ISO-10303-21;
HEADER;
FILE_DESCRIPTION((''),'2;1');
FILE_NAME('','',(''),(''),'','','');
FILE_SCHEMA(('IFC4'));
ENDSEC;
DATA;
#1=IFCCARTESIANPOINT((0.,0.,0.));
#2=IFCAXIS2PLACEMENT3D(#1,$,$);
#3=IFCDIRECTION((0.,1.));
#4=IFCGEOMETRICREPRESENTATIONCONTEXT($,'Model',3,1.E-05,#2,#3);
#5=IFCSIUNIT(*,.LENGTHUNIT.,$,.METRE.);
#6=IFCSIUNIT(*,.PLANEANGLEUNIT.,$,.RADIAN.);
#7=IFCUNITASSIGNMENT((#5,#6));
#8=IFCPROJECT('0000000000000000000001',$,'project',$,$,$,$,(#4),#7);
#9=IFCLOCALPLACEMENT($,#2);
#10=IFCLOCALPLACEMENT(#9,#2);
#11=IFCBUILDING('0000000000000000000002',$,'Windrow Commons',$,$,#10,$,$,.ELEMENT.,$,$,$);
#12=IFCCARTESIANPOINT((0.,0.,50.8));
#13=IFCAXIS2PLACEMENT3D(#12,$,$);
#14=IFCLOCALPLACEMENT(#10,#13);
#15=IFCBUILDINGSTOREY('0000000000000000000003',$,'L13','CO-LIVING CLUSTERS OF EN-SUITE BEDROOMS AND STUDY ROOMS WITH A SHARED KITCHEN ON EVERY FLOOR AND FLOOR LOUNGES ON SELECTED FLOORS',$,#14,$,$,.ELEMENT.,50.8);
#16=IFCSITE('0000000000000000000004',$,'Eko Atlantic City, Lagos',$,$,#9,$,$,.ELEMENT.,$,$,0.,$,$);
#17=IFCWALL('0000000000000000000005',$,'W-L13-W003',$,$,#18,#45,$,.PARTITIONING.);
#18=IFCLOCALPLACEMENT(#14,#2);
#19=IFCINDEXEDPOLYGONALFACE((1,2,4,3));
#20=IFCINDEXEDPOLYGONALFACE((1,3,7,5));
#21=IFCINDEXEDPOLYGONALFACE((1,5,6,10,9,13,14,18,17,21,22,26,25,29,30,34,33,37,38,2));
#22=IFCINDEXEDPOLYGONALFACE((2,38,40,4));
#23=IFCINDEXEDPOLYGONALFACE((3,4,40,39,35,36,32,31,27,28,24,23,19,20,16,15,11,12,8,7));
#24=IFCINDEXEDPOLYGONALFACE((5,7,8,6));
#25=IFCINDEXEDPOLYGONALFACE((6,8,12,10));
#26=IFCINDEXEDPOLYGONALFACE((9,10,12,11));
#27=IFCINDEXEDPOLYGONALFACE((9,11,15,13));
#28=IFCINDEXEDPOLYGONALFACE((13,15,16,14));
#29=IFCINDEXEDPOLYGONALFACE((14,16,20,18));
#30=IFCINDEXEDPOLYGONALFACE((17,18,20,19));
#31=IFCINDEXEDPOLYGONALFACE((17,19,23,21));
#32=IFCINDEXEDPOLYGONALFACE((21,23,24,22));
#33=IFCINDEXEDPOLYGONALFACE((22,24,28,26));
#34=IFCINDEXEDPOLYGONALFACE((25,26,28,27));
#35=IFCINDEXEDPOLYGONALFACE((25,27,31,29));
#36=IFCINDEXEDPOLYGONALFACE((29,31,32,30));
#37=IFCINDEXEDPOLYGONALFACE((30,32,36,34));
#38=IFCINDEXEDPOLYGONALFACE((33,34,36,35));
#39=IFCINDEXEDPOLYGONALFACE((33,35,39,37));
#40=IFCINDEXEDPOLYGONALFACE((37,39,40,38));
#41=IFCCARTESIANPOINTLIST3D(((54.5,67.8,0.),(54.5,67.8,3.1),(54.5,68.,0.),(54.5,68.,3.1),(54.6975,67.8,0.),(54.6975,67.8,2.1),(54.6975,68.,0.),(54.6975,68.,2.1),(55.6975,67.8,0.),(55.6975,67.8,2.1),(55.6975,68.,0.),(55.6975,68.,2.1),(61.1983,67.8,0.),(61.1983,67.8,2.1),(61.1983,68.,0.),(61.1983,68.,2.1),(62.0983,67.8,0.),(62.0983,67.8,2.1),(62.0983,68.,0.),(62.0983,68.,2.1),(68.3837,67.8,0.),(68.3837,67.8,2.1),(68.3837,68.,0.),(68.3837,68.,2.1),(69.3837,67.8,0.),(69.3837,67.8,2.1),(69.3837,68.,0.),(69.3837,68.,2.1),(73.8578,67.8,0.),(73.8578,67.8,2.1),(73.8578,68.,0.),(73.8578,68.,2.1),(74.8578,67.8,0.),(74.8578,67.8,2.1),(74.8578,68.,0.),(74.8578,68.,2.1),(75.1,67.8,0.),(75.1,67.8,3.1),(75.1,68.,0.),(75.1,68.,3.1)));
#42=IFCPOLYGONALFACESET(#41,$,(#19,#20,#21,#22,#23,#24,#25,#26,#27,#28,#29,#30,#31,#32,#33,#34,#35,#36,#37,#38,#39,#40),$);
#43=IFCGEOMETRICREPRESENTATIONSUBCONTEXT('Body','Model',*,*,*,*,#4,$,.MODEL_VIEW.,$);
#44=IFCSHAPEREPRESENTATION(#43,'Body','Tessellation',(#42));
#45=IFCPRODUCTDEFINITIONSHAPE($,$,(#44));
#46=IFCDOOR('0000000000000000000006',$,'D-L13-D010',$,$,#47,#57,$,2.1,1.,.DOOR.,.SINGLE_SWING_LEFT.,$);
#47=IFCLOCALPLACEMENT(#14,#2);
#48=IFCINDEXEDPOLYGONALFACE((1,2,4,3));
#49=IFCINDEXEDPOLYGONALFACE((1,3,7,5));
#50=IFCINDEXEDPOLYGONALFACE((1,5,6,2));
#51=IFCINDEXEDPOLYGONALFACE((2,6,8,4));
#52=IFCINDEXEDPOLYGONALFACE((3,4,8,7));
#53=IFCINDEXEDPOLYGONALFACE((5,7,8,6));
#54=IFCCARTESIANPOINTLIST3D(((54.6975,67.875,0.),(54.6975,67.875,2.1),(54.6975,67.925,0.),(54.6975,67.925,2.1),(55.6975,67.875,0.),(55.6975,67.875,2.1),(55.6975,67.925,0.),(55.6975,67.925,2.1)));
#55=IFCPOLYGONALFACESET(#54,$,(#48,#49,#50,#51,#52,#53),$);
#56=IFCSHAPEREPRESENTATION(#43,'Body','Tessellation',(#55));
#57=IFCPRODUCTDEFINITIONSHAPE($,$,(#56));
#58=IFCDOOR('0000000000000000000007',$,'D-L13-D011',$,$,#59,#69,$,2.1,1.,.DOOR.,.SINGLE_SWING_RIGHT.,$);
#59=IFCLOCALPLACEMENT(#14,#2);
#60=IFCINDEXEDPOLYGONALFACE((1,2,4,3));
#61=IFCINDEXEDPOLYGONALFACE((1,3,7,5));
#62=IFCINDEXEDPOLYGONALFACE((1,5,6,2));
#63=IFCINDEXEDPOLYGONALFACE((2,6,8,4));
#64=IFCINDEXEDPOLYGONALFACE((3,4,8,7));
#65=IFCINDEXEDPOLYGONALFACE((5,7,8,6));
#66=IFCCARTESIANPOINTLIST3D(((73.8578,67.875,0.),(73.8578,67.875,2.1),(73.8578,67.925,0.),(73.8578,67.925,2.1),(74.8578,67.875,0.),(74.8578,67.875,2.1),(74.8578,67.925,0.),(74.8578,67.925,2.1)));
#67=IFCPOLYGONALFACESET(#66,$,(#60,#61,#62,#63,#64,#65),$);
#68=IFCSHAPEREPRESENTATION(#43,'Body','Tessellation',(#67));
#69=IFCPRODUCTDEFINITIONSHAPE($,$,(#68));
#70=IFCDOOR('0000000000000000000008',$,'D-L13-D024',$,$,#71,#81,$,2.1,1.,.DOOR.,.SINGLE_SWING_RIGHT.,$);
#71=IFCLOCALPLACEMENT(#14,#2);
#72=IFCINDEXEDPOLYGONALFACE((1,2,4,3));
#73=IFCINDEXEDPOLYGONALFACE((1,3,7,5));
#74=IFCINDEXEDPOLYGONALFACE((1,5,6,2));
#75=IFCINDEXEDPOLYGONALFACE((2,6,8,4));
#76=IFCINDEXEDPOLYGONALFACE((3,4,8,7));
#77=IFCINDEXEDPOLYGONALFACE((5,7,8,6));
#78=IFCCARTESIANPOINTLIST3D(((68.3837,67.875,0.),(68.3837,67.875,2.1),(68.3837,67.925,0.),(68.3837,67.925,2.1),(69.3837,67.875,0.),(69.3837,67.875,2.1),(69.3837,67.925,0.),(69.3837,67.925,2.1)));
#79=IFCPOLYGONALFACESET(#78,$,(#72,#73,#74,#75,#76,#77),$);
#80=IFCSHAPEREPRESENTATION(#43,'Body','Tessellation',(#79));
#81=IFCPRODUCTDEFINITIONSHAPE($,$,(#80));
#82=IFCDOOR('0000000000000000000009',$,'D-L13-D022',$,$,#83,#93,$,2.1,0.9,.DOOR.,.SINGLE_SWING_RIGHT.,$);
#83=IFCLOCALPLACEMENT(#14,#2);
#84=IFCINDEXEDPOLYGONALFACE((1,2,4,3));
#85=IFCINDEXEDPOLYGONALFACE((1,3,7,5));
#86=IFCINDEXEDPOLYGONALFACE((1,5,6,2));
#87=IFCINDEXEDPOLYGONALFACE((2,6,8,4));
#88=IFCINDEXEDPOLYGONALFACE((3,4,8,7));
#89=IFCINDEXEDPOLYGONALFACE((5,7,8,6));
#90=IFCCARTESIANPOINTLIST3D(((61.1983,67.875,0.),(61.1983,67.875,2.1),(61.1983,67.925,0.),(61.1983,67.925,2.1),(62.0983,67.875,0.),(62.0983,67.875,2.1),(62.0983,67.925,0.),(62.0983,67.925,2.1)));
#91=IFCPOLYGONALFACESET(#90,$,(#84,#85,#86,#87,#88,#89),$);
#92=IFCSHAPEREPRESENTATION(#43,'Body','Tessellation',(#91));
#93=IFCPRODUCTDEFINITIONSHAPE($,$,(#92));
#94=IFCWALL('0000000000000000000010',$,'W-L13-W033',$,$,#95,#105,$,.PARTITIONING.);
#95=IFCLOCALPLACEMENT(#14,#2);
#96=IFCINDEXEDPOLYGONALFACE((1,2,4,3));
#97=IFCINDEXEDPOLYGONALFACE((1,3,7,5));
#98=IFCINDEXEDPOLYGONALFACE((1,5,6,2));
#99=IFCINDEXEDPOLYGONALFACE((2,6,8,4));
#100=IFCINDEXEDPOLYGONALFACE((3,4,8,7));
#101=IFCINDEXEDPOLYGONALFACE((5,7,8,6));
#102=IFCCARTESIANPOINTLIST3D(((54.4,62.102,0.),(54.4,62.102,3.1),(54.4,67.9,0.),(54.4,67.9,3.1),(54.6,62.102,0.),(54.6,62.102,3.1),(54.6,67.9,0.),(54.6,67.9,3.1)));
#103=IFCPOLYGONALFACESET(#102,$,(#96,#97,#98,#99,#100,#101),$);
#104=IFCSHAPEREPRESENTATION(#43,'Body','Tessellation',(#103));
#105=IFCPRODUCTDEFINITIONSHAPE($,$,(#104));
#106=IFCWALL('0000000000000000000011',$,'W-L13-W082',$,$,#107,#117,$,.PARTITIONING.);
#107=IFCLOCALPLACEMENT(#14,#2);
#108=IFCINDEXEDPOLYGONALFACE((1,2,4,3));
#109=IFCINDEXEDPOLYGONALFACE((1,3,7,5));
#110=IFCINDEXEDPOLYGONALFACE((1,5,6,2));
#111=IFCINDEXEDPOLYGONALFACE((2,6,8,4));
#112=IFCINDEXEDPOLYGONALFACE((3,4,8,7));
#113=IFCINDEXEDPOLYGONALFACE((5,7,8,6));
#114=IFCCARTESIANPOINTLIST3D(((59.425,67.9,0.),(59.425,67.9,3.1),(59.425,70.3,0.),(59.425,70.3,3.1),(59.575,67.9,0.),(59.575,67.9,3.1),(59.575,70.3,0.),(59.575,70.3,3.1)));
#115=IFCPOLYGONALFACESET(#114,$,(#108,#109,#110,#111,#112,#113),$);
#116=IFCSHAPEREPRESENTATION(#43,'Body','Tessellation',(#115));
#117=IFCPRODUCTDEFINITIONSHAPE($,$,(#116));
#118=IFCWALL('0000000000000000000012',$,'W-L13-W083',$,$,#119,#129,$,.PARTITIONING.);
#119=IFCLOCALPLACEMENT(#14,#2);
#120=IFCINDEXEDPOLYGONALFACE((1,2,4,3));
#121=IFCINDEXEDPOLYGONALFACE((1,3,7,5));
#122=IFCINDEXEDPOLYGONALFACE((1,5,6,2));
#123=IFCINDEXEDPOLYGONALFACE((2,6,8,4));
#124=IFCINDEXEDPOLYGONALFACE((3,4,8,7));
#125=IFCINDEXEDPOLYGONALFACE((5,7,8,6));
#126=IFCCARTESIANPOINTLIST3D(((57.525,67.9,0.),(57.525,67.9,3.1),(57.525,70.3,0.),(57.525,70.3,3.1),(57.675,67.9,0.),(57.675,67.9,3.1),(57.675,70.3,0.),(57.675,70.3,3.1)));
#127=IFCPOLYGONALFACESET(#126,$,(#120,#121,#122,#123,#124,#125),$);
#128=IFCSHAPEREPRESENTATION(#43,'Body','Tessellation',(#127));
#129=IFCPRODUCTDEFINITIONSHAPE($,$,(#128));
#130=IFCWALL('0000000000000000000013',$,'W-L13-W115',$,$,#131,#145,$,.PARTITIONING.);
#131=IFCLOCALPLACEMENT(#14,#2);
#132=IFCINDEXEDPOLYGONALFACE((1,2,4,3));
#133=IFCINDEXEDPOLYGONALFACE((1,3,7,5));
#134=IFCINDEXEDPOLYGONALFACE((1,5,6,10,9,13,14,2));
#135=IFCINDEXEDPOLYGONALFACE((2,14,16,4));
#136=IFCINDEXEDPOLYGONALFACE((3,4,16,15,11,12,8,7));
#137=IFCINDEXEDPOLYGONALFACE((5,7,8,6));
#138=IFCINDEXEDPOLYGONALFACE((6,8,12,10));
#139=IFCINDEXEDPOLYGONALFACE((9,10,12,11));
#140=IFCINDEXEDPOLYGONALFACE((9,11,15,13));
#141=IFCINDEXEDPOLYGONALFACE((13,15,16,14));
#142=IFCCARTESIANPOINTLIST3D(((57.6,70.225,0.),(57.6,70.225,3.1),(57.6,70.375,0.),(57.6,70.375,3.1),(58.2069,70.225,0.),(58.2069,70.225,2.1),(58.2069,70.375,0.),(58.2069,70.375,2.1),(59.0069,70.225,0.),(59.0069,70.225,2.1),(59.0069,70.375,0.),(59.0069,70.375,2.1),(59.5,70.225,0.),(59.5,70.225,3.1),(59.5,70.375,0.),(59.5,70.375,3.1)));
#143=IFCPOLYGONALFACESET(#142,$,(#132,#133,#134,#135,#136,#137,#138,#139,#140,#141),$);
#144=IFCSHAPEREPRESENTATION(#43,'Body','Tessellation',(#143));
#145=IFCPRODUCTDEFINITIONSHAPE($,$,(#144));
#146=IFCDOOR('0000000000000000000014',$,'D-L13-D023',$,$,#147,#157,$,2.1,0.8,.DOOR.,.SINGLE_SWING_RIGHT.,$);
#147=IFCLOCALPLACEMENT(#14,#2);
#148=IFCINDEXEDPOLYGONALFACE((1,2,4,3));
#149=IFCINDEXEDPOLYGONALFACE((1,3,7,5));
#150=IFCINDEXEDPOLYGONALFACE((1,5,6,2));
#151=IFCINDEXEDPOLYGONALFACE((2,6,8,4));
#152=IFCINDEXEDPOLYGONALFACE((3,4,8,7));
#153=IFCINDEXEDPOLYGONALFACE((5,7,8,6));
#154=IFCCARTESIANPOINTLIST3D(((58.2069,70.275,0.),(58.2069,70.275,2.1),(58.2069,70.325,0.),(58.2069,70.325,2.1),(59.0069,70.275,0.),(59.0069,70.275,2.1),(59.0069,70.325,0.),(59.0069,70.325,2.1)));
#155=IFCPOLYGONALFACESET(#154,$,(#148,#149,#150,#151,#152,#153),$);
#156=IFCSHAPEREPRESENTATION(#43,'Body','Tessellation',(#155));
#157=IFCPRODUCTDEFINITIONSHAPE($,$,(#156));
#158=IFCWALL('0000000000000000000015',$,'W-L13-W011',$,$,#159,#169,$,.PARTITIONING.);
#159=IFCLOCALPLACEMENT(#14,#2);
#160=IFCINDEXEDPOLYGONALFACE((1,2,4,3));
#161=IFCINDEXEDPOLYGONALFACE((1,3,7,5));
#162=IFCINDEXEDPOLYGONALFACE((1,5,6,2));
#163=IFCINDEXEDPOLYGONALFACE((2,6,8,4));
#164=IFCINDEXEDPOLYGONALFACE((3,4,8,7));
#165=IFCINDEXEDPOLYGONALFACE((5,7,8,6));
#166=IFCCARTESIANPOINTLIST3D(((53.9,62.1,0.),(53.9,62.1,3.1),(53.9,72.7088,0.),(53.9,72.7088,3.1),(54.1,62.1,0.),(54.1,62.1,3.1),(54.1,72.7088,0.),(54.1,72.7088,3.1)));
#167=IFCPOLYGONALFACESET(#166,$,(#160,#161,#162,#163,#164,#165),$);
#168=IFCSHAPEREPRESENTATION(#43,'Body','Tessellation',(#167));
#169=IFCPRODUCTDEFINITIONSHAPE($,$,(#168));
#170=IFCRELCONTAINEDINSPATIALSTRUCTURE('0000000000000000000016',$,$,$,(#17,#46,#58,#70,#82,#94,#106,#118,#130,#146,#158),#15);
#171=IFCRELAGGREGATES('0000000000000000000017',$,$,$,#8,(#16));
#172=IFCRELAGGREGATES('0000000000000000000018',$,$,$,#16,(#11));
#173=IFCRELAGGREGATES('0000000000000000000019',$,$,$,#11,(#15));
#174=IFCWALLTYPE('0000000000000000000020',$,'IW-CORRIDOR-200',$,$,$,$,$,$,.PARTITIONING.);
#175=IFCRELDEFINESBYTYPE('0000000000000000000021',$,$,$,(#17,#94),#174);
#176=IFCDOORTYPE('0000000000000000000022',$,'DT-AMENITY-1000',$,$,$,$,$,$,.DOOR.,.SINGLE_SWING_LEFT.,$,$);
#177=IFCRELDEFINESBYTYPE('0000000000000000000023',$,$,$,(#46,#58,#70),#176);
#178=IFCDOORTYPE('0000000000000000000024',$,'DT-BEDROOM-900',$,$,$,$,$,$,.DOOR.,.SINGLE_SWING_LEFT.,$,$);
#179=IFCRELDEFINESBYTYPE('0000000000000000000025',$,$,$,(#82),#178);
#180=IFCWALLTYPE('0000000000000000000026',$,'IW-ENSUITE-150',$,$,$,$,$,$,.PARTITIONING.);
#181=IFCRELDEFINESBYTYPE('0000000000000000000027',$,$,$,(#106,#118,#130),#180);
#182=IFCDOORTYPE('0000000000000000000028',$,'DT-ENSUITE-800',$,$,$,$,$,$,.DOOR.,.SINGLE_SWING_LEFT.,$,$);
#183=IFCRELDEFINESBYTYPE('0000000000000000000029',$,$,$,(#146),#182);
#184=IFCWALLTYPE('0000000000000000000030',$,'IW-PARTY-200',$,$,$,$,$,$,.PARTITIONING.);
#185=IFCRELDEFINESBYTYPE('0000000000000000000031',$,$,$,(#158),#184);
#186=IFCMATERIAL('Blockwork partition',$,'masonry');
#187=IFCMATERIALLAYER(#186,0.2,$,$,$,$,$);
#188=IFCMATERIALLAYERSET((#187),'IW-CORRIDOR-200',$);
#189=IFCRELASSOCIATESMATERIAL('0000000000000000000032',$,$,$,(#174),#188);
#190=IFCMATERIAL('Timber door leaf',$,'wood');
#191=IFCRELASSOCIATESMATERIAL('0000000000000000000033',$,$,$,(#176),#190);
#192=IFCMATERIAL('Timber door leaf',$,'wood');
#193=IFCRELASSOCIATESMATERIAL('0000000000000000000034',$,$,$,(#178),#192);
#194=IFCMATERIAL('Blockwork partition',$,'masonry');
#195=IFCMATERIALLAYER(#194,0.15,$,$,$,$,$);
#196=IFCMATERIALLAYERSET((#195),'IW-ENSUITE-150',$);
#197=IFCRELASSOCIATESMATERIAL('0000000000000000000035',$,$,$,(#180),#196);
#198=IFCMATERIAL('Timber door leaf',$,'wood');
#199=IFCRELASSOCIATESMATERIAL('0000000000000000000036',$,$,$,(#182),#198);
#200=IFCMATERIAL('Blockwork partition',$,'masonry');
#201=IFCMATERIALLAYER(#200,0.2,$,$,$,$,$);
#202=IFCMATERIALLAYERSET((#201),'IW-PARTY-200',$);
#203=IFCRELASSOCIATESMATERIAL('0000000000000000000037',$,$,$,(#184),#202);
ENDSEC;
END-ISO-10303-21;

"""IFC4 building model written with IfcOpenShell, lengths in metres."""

from ifc_helpers import new_model, si_unit, direction, frame, frame_2d, origin, place, context, subcontext, project, spatial, rectangle, extrude, material, layer, layer_set, type_object, element, fill, save


model = new_model("IFC4")

# Units and contexts
model_context = context("Model", 3, precision=1e-05, world=origin(), true_north=direction((0.0, 1.0)))
body_context = subcontext(model_context, "Body", "Model", "MODEL_VIEW")
ifc_project = project(units=[si_unit("LENGTHUNIT", "METRE"), si_unit("PLANEANGLEUNIT", "RADIAN")], contexts=[model_context])

# Site, building, storey
site_placement = place(None, origin())
site = spatial("IfcSite", under=ifc_project, at=site_placement, Name="Eko Atlantic City, Lagos", CompositionType="ELEMENT", RefElevation=0.0)
building_placement = place(site_placement, origin())
building = spatial("IfcBuilding", under=site, at=building_placement, Name="Windrow Commons", CompositionType="ELEMENT")
storey_placement = place(building_placement, frame((0.0, 0.0, 50.8)))
storey = spatial("IfcBuildingStorey", under=building, at=storey_placement, Name="L13", Description="CO-LIVING CLUSTERS OF EN-SUITE BEDROOMS AND STUDY ROOMS WITH A SHARED KITCHEN ON EVERY FLOOR AND FLOOR LOUNGES ON SELECTED FLOORS", CompositionType="ELEMENT", Elevation=50.8)

# Wall, openings, doors
ifc_material_1 = material(Name="Blockwork partition", Category="masonry")
ifc_layer_1 = layer(ifc_material_1, 0.2)
ifc_layer_set_1 = layer_set([ifc_layer_1], Name="IW-CORRIDOR-200")
wall_type_1 = type_object("IfcWallType", Name="IW-CORRIDOR-200", PredefinedType="PARTITIONING", material=ifc_layer_set_1)
wall_1_placement = place(storey_placement, frame((54.5, 67.9, 0.0), z_axis=(0.0, 0.0, 1.0), x_axis=(1.0, 0.0, 0.0)))
wall_1 = element("IfcWall", 1, at=wall_1_placement, inside=storey, type_object=wall_type_1, Name="W-L13-W003", PredefinedType="PARTITIONING", context=body_context, shape_type="SweptSolid", body=[
    extrude(rectangle(XDim=20.6, YDim=0.2, at=frame_2d((10.3, 0.0))), origin(), (0.0, 0.0, 1.0), 3.1),
])
opening_1_placement = place(wall_1_placement, frame((0.1975, 0.0, 0.0)))
opening_1 = element("IfcOpeningElement", 2, at=opening_1_placement, cuts=wall_1, PredefinedType="OPENING", context=body_context, shape_type="SweptSolid", body=[
    extrude(rectangle(XDim=1.0, YDim=2.1, at=frame_2d((0.5, 1.05))), frame((0.0, 0.11, 0.0), z_axis=(0.0, -1.0, 0.0), x_axis=(1.0, 0.0, 0.0)), (0.0, 0.0, 1.0), 0.22),
])
opening_2_placement = place(wall_1_placement, frame((19.3578, 0.0, 0.0)))
opening_2 = element("IfcOpeningElement", 3, at=opening_2_placement, cuts=wall_1, PredefinedType="OPENING", context=body_context, shape_type="SweptSolid", body=[
    extrude(rectangle(XDim=1.0, YDim=2.1, at=frame_2d((0.5, 1.05))), frame((0.0, 0.11, 0.0), z_axis=(0.0, -1.0, 0.0), x_axis=(1.0, 0.0, 0.0)), (0.0, 0.0, 1.0), 0.22),
])
opening_3_placement = place(wall_1_placement, frame((6.6983, 0.0, 0.0)))
opening_3 = element("IfcOpeningElement", 4, at=opening_3_placement, cuts=wall_1, PredefinedType="OPENING", context=body_context, shape_type="SweptSolid", body=[
    extrude(rectangle(XDim=0.9, YDim=2.1, at=frame_2d((0.45, 1.05))), frame((0.0, 0.11, 0.0), z_axis=(0.0, -1.0, 0.0), x_axis=(1.0, 0.0, 0.0)), (0.0, 0.0, 1.0), 0.22),
])
opening_4_placement = place(wall_1_placement, frame((13.8837, 0.0, 0.0)))
opening_4 = element("IfcOpeningElement", 5, at=opening_4_placement, cuts=wall_1, PredefinedType="OPENING", context=body_context, shape_type="SweptSolid", body=[
    extrude(rectangle(XDim=1.0, YDim=2.1, at=frame_2d((0.5, 1.05))), frame((0.0, 0.11, 0.0), z_axis=(0.0, -1.0, 0.0), x_axis=(1.0, 0.0, 0.0)), (0.0, 0.0, 1.0), 0.22),
])
ifc_material_2 = material(Name="Timber door leaf", Category="wood")
door_type_1 = type_object("IfcDoorType", Name="DT-AMENITY-1000", OperationType="SINGLE_SWING_LEFT", PredefinedType="DOOR", material=ifc_material_2)
door_1_placement = place(opening_1_placement, origin())
door_1 = element("IfcDoor", 6, at=door_1_placement, inside=storey, type_object=door_type_1, Name="D-L13-D010", OperationType="SINGLE_SWING_LEFT", OverallHeight=2.1, OverallWidth=1.0, PredefinedType="DOOR", context=body_context, shape_type="SweptSolid", body=[
    extrude(rectangle(XDim=1.0, YDim=2.1, at=frame_2d((0.5, 1.05))), frame((0.0, 0.025, 0.0), z_axis=(0.0, -1.0, 0.0), x_axis=(1.0, 0.0, 0.0)), (0.0, 0.0, 1.0), 0.05),
])
fill(opening_1, door_1)
door_2_placement = place(opening_2_placement, origin())
door_2 = element("IfcDoor", 7, at=door_2_placement, inside=storey, type_object=door_type_1, Name="D-L13-D011", OperationType="SINGLE_SWING_RIGHT", OverallHeight=2.1, OverallWidth=1.0, PredefinedType="DOOR", context=body_context, shape_type="SweptSolid", body=[
    extrude(rectangle(XDim=1.0, YDim=2.1, at=frame_2d((0.5, 1.05))), frame((0.0, 0.025, 0.0), z_axis=(0.0, -1.0, 0.0), x_axis=(1.0, 0.0, 0.0)), (0.0, 0.0, 1.0), 0.05),
])
fill(opening_2, door_2)
door_3_placement = place(opening_4_placement, origin())
door_3 = element("IfcDoor", 8, at=door_3_placement, inside=storey, type_object=door_type_1, Name="D-L13-D024", OperationType="SINGLE_SWING_RIGHT", OverallHeight=2.1, OverallWidth=1.0, PredefinedType="DOOR", context=body_context, shape_type="SweptSolid", body=[
    extrude(rectangle(XDim=1.0, YDim=2.1, at=frame_2d((0.5, 1.05))), frame((0.0, 0.025, 0.0), z_axis=(0.0, -1.0, 0.0), x_axis=(1.0, 0.0, 0.0)), (0.0, 0.0, 1.0), 0.05),
])
fill(opening_4, door_3)
ifc_material_3 = material(Name="Timber door leaf", Category="wood")
door_type_2 = type_object("IfcDoorType", Name="DT-BEDROOM-900", OperationType="SINGLE_SWING_LEFT", PredefinedType="DOOR", material=ifc_material_3)
door_4_placement = place(opening_3_placement, origin())
door_4 = element("IfcDoor", 9, at=door_4_placement, inside=storey, type_object=door_type_2, Name="D-L13-D022", OperationType="SINGLE_SWING_RIGHT", OverallHeight=2.1, OverallWidth=0.9, PredefinedType="DOOR", context=body_context, shape_type="SweptSolid", body=[
    extrude(rectangle(XDim=0.9, YDim=2.1, at=frame_2d((0.45, 1.05))), frame((0.0, 0.025, 0.0), z_axis=(0.0, -1.0, 0.0), x_axis=(1.0, 0.0, 0.0)), (0.0, 0.0, 1.0), 0.05),
])
fill(opening_3, door_4)

# Walls
wall_2_placement = place(storey_placement, frame((54.5, 62.102, 0.0), z_axis=(0.0, 0.0, 1.0), x_axis=(0.0, 1.0, 0.0)))
element("IfcWall", 10, at=wall_2_placement, inside=storey, type_object=wall_type_1, Name="W-L13-W033", PredefinedType="PARTITIONING", context=body_context, shape_type="SweptSolid", body=[
    extrude(rectangle(XDim=5.798, YDim=0.2, at=frame_2d((2.899, 0.0))), origin(), (0.0, 0.0, 1.0), 3.1),
])
ifc_material_4 = material(Name="Blockwork partition", Category="masonry")
ifc_layer_2 = layer(ifc_material_4, 0.15)
ifc_layer_set_2 = layer_set([ifc_layer_2], Name="IW-ENSUITE-150")
wall_type_2 = type_object("IfcWallType", Name="IW-ENSUITE-150", PredefinedType="PARTITIONING", material=ifc_layer_set_2)
for number, where, z_axis, x_axis, name in (
    (11, (59.5, 67.9, 0.0), (0.0, 0.0, 1.0), (0.0, 1.0, 0.0), "W-L13-W082"),
    (12, (57.6, 67.9, 0.0), (0.0, 0.0, 1.0), (0.0, 1.0, 0.0), "W-L13-W083"),
):
    element("IfcWall", number, at=place(storey_placement, frame(where, z_axis=z_axis, x_axis=x_axis)), inside=storey, type_object=wall_type_2, Name=name, PredefinedType="PARTITIONING", context=body_context, shape_type="SweptSolid", body=[
        extrude(rectangle(XDim=2.4, YDim=0.15, at=frame_2d((1.2, 0.0))), origin(), (0.0, 0.0, 1.0), 3.1),
    ])

# Wall, opening, door
wall_3_placement = place(storey_placement, frame((57.6, 70.3, 0.0), z_axis=(0.0, 0.0, 1.0), x_axis=(1.0, 0.0, 0.0)))
wall_3 = element("IfcWall", 13, at=wall_3_placement, inside=storey, type_object=wall_type_2, Name="W-L13-W115", PredefinedType="PARTITIONING", context=body_context, shape_type="SweptSolid", body=[
    extrude(rectangle(XDim=1.9, YDim=0.15, at=frame_2d((0.95, 0.0))), origin(), (0.0, 0.0, 1.0), 3.1),
])
opening_5_placement = place(wall_3_placement, frame((0.6069, 0.0, 0.0)))
opening_5 = element("IfcOpeningElement", 14, at=opening_5_placement, cuts=wall_3, PredefinedType="OPENING", context=body_context, shape_type="SweptSolid", body=[
    extrude(rectangle(XDim=0.8, YDim=2.1, at=frame_2d((0.4, 1.05))), frame((0.0, 0.085, 0.0), z_axis=(0.0, -1.0, 0.0), x_axis=(1.0, 0.0, 0.0)), (0.0, 0.0, 1.0), 0.17),
])
ifc_material_5 = material(Name="Timber door leaf", Category="wood")
door_type_3 = type_object("IfcDoorType", Name="DT-ENSUITE-800", OperationType="SINGLE_SWING_LEFT", PredefinedType="DOOR", material=ifc_material_5)
door_5_placement = place(opening_5_placement, origin())
door_5 = element("IfcDoor", 15, at=door_5_placement, inside=storey, type_object=door_type_3, Name="D-L13-D023", OperationType="SINGLE_SWING_RIGHT", OverallHeight=2.1, OverallWidth=0.8, PredefinedType="DOOR", context=body_context, shape_type="SweptSolid", body=[
    extrude(rectangle(XDim=0.8, YDim=2.1, at=frame_2d((0.4, 1.05))), frame((0.0, 0.025, 0.0), z_axis=(0.0, -1.0, 0.0), x_axis=(1.0, 0.0, 0.0)), (0.0, 0.0, 1.0), 0.05),
])
fill(opening_5, door_5)

# Wall
ifc_material_6 = material(Name="Blockwork partition", Category="masonry")
ifc_layer_3 = layer(ifc_material_6, 0.2)
ifc_layer_set_3 = layer_set([ifc_layer_3], Name="IW-PARTY-200")
wall_type_3 = type_object("IfcWallType", Name="IW-PARTY-200", PredefinedType="PARTITIONING", material=ifc_layer_set_3)
wall_4_placement = place(storey_placement, frame((54.0, 62.1, 0.0), z_axis=(0.0, 0.0, 1.0), x_axis=(0.0, 1.0, 0.0)))
element("IfcWall", 16, at=wall_4_placement, inside=storey, type_object=wall_type_3, Name="W-L13-W011", PredefinedType="PARTITIONING", context=body_context, shape_type="SweptSolid", body=[
    extrude(rectangle(XDim=10.6087, YDim=0.2, at=frame_2d((5.3044, 0.0))), origin(), (0.0, 0.0, 1.0), 3.1),
])

save(model, "model.ifc")
